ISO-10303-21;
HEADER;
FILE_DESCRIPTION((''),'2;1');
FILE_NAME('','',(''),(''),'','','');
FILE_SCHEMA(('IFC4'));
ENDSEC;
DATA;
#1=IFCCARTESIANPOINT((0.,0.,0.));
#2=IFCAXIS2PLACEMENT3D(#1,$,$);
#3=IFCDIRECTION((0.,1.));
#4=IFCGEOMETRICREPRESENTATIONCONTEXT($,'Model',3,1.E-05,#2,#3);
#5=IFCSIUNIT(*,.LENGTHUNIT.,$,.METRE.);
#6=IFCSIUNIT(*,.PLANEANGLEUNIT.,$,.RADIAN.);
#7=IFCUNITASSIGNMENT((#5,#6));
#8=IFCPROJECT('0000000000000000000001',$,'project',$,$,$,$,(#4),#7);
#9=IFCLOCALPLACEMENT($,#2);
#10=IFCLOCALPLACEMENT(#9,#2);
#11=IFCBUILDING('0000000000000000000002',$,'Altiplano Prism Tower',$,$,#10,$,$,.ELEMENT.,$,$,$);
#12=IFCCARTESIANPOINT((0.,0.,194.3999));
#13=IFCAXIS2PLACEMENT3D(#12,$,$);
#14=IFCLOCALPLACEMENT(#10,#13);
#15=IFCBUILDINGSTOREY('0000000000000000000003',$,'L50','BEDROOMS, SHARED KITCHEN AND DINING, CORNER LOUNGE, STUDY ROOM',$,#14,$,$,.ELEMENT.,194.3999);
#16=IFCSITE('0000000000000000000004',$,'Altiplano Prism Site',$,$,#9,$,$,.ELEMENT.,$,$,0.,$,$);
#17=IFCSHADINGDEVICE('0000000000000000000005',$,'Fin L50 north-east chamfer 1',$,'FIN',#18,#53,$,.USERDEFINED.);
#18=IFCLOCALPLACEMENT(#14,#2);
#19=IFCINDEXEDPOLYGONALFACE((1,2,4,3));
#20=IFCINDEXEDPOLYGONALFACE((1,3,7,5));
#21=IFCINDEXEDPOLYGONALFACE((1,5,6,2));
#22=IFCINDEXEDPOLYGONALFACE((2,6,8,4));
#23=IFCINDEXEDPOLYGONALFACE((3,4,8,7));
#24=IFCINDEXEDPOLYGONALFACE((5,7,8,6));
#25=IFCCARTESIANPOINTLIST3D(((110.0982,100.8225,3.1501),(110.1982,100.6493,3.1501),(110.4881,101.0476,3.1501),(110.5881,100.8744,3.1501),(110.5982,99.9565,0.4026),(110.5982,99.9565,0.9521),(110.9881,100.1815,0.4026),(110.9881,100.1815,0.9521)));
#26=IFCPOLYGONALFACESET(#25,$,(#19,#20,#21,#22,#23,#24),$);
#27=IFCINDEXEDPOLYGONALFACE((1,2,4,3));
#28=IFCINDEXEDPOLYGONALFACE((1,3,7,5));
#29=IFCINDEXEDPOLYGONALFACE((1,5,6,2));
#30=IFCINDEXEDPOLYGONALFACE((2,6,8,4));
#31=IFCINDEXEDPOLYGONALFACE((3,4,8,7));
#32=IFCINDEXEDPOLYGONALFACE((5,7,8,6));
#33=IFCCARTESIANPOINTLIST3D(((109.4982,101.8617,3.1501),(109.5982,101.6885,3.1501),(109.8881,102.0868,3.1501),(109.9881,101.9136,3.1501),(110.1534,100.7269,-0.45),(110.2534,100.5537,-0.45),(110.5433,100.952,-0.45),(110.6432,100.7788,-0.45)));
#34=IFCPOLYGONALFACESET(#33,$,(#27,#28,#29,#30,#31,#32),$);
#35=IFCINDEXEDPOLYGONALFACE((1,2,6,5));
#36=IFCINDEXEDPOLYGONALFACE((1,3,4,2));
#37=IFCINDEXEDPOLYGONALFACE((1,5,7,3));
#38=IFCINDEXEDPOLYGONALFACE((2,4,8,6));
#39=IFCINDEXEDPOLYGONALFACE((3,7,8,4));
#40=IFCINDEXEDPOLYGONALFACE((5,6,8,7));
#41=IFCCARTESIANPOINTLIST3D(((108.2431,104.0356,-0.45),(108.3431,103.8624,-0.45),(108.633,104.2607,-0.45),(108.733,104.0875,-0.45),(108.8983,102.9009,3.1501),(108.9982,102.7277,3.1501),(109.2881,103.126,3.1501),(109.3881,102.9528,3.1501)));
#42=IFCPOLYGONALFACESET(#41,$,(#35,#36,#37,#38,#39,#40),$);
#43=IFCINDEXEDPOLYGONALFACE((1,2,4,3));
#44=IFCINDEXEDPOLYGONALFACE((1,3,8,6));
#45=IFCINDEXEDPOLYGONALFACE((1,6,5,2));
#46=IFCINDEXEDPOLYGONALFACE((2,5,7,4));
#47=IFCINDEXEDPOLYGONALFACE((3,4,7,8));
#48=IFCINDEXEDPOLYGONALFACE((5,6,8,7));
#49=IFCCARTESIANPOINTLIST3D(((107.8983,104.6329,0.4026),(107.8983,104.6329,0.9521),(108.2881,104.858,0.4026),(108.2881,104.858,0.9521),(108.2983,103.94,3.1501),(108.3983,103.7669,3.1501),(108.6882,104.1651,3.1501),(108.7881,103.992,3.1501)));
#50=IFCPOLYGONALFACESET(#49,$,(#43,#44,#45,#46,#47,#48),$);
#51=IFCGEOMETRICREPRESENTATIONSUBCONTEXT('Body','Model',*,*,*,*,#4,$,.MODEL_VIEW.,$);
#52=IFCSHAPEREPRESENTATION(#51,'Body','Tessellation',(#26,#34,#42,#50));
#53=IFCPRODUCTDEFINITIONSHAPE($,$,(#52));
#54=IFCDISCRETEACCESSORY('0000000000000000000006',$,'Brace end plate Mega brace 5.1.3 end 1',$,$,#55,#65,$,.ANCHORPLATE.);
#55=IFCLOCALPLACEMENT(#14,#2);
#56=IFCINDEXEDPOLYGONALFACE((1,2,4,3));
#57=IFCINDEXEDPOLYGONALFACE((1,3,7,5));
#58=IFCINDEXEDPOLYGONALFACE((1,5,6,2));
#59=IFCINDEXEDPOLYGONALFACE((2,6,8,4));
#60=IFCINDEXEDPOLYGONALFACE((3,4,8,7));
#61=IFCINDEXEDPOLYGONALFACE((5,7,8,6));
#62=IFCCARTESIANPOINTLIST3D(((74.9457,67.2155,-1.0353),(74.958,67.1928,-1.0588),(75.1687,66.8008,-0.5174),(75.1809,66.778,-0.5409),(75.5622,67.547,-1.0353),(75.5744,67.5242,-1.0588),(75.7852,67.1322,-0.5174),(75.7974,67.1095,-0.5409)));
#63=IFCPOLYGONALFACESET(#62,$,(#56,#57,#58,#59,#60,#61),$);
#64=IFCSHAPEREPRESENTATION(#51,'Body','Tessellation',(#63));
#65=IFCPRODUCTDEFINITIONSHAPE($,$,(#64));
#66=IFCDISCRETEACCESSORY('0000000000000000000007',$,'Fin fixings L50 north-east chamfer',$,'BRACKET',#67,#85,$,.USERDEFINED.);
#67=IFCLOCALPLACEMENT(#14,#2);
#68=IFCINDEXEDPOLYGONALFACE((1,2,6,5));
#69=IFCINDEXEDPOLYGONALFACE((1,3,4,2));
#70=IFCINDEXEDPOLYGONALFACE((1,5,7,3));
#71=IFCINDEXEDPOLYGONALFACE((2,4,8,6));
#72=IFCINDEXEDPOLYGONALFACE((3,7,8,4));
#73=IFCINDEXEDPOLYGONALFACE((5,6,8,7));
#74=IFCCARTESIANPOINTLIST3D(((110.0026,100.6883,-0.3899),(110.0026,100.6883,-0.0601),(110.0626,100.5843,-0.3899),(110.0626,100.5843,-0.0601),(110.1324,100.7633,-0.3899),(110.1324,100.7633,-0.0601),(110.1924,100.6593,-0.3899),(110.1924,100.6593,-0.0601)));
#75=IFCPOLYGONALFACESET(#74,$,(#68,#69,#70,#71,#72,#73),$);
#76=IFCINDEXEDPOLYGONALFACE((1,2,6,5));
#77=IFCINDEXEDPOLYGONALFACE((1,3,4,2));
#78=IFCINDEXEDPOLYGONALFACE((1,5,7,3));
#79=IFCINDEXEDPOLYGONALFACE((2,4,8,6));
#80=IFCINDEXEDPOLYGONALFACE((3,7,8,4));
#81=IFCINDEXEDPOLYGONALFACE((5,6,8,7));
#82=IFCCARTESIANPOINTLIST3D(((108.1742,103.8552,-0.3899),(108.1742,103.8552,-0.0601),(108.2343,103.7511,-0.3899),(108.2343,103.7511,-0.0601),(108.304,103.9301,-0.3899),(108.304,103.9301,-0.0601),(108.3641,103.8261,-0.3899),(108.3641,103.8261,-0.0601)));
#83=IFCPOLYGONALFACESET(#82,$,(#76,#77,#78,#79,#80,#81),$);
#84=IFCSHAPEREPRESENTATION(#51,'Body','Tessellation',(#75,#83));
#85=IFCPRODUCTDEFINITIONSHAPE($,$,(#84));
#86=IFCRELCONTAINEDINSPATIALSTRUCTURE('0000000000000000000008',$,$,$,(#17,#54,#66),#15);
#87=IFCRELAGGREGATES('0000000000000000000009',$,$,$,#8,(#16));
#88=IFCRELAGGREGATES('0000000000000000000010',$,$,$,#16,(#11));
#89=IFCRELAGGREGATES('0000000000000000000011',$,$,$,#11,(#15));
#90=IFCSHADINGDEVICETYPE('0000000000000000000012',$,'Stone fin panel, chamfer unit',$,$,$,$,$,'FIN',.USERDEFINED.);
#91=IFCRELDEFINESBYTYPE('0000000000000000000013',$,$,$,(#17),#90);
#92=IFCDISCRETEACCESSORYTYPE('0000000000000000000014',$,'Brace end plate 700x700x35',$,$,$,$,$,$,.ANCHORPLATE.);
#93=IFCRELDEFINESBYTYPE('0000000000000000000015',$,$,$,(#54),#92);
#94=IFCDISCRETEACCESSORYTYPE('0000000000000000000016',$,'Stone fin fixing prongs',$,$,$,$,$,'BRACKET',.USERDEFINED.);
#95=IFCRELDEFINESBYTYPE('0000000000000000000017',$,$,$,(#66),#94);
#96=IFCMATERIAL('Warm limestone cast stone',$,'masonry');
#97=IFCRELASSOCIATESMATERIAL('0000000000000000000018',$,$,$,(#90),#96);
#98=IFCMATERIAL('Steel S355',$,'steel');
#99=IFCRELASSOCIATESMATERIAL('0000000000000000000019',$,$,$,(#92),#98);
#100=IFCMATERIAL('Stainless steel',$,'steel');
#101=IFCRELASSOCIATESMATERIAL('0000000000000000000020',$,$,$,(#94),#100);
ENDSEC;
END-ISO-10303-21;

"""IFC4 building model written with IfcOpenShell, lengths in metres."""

from ifc_helpers import new_model, si_unit, direction, frame, origin, origin_2d, place, context, subcontext, project, spatial, polyline, rectangle, outline, extrude, source, transform, mapped, material, material_profile, profile_set, type_object, element, save


model = new_model("IFC4")

# Units and contexts
model_context = context("Model", 3, precision=1e-05, world=origin(), true_north=direction((0.0, 1.0)))
body_context = subcontext(model_context, "Body", "Model", "MODEL_VIEW")
ifc_project = project(units=[si_unit("LENGTHUNIT", "METRE"), si_unit("PLANEANGLEUNIT", "RADIAN")], contexts=[model_context])

# Site, building, storey
site_placement = place(None, origin())
site = spatial("IfcSite", under=ifc_project, at=site_placement, Name="Altiplano Prism Site", CompositionType="ELEMENT", RefElevation=0.0)
building_placement = place(site_placement, origin())
building = spatial("IfcBuilding", under=site, at=building_placement, Name="Altiplano Prism Tower", CompositionType="ELEMENT")
storey_placement = place(building_placement, frame((0.0, 0.0, 194.3999)))
storey = spatial("IfcBuildingStorey", under=building, at=storey_placement, Name="L50", Description="BEDROOMS, SHARED KITCHEN AND DINING, CORNER LOUNGE, STUDY ROOM", CompositionType="ELEMENT", Elevation=194.3999)

# Shared definitions
ifc_material_1 = material(Name="Steel S355", Category="steel")

# Shading device
ifc_material_2 = material(Name="Warm limestone cast stone", Category="masonry")
shading_device_type = type_object("IfcShadingDeviceType", Name="Stone fin panel, chamfer unit", ElementType="FIN", PredefinedType="USERDEFINED", material=ifc_material_2)
shared_shape_1 = source(origin(), body_context, "Body", "SweptSolid", [
    extrude(outline(polyline([(-2.7, 0.8525), (-1.7, 3.6001), (-1.8999, 3.6001), (-2.7, 1.4021), (-2.7, 0.8525)])), frame((0.0, -0.1499, 0.0), z_axis=(0.0, -1.0, 0.0), x_axis=(1.0, 0.0, 0.0)), (0.0, 0.0, 1.0), 0.4502),
    extrude(outline(polyline([(-2.0103, 0.0), (-1.8103, 0.0), (-0.5, 3.6001), (-0.7, 3.6001), (-2.0103, 0.0)])), frame((0.0, -0.1499, 0.0), z_axis=(0.0, -1.0, 0.0), x_axis=(1.0, 0.0, 0.0)), (0.0, 0.0, 1.0), 0.4502),
    extrude(outline(polyline([(1.8103, 0.0), (2.0103, 0.0), (0.7, 3.6001), (0.5, 3.6001), (1.8103, 0.0)])), frame((0.0, -0.1499, 0.0), z_axis=(0.0, -1.0, 0.0), x_axis=(1.0, 0.0, 0.0)), (0.0, 0.0, 1.0), 0.4502),
    extrude(outline(polyline([(2.7, 1.4021), (1.8999, 3.6001), (1.7, 3.6001), (2.7, 0.8525), (2.7, 1.4021)])), frame((0.0, -0.1499, 0.0), z_axis=(0.0, -1.0, 0.0), x_axis=(1.0, 0.0, 0.0)), (0.0, 0.0, 1.0), 0.4502),
])
shading_device_placement = place(storey_placement, origin())
element("IfcShadingDevice", 1, at=shading_device_placement, inside=storey, type_object=shading_device_type, Name="Fin L50 north-east chamfer 1", ObjectType="FIN", PredefinedType="USERDEFINED", context=body_context, shape_type="MappedRepresentation", body=[
    mapped(shared_shape_1, transform((109.1184, 102.2197, -0.45), x_axis=(-0.5, 0.866025, 0.0), y_axis=(-0.866025, -0.5, 0.0), z_axis=(0.0, 0.0, 1.0))),
])

# Discrete accessories
ifc_material_profile_1 = material_profile(ifc_material_1, rectangle(XDim=0.7, YDim=0.7, at=origin_2d()), Name="Brace end plate 700x700x35")
ifc_profile_set_1 = profile_set([ifc_material_profile_1], Name="Steel S355")
discrete_accessory_type_1 = type_object("IfcDiscreteAccessoryType", Name="Brace end plate 700x700x35", PredefinedType="ANCHORPLATE", material=ifc_profile_set_1)
discrete_accessory_1_placement = place(storey_placement, frame((75.3777, 67.1511, -0.7998), z_axis=(-0.350371, 0.65169, 0.672712), x_axis=(-0.880775, -0.473535, 0.0)))
element("IfcDiscreteAccessory", 2, at=discrete_accessory_1_placement, inside=storey, type_object=discrete_accessory_type_1, Name="Brace end plate Mega brace 5.1.3 end 1", PredefinedType="ANCHORPLATE", context=body_context, shape_type="SweptSolid", body=[
    extrude(rectangle(XDim=0.7, YDim=0.7, at=origin_2d()), origin(), (0.0, 0.0, 1.0), 0.0349),
])
ifc_material_3 = material(Name="Stainless steel", Category="steel")
discrete_accessory_type_2 = type_object("IfcDiscreteAccessoryType", Name="Stone fin fixing prongs", ElementType="BRACKET", PredefinedType="USERDEFINED", material=ifc_material_3)
shared_shape_2 = source(origin(), body_context, "Body", "SweptSolid", [
    extrude(outline(polyline([(-1.8884, 0.0601), (-1.7683, 0.0601), (-1.7683, 0.3899), (-1.8884, 0.3899), (-1.8884, 0.0601)])), frame((0.0, 0.0, 0.0), z_axis=(0.0, -1.0, 0.0), x_axis=(1.0, 0.0, 0.0)), (0.0, 0.0, 1.0), 0.1499),
    extrude(outline(polyline([(1.7683, 0.0601), (1.8884, 0.0601), (1.8884, 0.3899), (1.7683, 0.3899), (1.7683, 0.0601)])), frame((0.0, 0.0, 0.0), z_axis=(0.0, -1.0, 0.0), x_axis=(1.0, 0.0, 0.0)), (0.0, 0.0, 1.0), 0.1499),
])
discrete_accessory_2_placement = place(storey_placement, origin())
element("IfcDiscreteAccessory", 3, at=discrete_accessory_2_placement, inside=storey, type_object=discrete_accessory_type_2, Name="Fin fixings L50 north-east chamfer", ObjectType="BRACKET", PredefinedType="USERDEFINED", context=body_context, shape_type="MappedRepresentation", body=[
    mapped(shared_shape_2, transform((109.1184, 102.2197, -0.45), x_axis=(-0.5, 0.866025, 0.0), y_axis=(-0.866025, -0.5, 0.0), z_axis=(0.0, 0.0, 1.0))),
])

save(model, "model.ifc")
